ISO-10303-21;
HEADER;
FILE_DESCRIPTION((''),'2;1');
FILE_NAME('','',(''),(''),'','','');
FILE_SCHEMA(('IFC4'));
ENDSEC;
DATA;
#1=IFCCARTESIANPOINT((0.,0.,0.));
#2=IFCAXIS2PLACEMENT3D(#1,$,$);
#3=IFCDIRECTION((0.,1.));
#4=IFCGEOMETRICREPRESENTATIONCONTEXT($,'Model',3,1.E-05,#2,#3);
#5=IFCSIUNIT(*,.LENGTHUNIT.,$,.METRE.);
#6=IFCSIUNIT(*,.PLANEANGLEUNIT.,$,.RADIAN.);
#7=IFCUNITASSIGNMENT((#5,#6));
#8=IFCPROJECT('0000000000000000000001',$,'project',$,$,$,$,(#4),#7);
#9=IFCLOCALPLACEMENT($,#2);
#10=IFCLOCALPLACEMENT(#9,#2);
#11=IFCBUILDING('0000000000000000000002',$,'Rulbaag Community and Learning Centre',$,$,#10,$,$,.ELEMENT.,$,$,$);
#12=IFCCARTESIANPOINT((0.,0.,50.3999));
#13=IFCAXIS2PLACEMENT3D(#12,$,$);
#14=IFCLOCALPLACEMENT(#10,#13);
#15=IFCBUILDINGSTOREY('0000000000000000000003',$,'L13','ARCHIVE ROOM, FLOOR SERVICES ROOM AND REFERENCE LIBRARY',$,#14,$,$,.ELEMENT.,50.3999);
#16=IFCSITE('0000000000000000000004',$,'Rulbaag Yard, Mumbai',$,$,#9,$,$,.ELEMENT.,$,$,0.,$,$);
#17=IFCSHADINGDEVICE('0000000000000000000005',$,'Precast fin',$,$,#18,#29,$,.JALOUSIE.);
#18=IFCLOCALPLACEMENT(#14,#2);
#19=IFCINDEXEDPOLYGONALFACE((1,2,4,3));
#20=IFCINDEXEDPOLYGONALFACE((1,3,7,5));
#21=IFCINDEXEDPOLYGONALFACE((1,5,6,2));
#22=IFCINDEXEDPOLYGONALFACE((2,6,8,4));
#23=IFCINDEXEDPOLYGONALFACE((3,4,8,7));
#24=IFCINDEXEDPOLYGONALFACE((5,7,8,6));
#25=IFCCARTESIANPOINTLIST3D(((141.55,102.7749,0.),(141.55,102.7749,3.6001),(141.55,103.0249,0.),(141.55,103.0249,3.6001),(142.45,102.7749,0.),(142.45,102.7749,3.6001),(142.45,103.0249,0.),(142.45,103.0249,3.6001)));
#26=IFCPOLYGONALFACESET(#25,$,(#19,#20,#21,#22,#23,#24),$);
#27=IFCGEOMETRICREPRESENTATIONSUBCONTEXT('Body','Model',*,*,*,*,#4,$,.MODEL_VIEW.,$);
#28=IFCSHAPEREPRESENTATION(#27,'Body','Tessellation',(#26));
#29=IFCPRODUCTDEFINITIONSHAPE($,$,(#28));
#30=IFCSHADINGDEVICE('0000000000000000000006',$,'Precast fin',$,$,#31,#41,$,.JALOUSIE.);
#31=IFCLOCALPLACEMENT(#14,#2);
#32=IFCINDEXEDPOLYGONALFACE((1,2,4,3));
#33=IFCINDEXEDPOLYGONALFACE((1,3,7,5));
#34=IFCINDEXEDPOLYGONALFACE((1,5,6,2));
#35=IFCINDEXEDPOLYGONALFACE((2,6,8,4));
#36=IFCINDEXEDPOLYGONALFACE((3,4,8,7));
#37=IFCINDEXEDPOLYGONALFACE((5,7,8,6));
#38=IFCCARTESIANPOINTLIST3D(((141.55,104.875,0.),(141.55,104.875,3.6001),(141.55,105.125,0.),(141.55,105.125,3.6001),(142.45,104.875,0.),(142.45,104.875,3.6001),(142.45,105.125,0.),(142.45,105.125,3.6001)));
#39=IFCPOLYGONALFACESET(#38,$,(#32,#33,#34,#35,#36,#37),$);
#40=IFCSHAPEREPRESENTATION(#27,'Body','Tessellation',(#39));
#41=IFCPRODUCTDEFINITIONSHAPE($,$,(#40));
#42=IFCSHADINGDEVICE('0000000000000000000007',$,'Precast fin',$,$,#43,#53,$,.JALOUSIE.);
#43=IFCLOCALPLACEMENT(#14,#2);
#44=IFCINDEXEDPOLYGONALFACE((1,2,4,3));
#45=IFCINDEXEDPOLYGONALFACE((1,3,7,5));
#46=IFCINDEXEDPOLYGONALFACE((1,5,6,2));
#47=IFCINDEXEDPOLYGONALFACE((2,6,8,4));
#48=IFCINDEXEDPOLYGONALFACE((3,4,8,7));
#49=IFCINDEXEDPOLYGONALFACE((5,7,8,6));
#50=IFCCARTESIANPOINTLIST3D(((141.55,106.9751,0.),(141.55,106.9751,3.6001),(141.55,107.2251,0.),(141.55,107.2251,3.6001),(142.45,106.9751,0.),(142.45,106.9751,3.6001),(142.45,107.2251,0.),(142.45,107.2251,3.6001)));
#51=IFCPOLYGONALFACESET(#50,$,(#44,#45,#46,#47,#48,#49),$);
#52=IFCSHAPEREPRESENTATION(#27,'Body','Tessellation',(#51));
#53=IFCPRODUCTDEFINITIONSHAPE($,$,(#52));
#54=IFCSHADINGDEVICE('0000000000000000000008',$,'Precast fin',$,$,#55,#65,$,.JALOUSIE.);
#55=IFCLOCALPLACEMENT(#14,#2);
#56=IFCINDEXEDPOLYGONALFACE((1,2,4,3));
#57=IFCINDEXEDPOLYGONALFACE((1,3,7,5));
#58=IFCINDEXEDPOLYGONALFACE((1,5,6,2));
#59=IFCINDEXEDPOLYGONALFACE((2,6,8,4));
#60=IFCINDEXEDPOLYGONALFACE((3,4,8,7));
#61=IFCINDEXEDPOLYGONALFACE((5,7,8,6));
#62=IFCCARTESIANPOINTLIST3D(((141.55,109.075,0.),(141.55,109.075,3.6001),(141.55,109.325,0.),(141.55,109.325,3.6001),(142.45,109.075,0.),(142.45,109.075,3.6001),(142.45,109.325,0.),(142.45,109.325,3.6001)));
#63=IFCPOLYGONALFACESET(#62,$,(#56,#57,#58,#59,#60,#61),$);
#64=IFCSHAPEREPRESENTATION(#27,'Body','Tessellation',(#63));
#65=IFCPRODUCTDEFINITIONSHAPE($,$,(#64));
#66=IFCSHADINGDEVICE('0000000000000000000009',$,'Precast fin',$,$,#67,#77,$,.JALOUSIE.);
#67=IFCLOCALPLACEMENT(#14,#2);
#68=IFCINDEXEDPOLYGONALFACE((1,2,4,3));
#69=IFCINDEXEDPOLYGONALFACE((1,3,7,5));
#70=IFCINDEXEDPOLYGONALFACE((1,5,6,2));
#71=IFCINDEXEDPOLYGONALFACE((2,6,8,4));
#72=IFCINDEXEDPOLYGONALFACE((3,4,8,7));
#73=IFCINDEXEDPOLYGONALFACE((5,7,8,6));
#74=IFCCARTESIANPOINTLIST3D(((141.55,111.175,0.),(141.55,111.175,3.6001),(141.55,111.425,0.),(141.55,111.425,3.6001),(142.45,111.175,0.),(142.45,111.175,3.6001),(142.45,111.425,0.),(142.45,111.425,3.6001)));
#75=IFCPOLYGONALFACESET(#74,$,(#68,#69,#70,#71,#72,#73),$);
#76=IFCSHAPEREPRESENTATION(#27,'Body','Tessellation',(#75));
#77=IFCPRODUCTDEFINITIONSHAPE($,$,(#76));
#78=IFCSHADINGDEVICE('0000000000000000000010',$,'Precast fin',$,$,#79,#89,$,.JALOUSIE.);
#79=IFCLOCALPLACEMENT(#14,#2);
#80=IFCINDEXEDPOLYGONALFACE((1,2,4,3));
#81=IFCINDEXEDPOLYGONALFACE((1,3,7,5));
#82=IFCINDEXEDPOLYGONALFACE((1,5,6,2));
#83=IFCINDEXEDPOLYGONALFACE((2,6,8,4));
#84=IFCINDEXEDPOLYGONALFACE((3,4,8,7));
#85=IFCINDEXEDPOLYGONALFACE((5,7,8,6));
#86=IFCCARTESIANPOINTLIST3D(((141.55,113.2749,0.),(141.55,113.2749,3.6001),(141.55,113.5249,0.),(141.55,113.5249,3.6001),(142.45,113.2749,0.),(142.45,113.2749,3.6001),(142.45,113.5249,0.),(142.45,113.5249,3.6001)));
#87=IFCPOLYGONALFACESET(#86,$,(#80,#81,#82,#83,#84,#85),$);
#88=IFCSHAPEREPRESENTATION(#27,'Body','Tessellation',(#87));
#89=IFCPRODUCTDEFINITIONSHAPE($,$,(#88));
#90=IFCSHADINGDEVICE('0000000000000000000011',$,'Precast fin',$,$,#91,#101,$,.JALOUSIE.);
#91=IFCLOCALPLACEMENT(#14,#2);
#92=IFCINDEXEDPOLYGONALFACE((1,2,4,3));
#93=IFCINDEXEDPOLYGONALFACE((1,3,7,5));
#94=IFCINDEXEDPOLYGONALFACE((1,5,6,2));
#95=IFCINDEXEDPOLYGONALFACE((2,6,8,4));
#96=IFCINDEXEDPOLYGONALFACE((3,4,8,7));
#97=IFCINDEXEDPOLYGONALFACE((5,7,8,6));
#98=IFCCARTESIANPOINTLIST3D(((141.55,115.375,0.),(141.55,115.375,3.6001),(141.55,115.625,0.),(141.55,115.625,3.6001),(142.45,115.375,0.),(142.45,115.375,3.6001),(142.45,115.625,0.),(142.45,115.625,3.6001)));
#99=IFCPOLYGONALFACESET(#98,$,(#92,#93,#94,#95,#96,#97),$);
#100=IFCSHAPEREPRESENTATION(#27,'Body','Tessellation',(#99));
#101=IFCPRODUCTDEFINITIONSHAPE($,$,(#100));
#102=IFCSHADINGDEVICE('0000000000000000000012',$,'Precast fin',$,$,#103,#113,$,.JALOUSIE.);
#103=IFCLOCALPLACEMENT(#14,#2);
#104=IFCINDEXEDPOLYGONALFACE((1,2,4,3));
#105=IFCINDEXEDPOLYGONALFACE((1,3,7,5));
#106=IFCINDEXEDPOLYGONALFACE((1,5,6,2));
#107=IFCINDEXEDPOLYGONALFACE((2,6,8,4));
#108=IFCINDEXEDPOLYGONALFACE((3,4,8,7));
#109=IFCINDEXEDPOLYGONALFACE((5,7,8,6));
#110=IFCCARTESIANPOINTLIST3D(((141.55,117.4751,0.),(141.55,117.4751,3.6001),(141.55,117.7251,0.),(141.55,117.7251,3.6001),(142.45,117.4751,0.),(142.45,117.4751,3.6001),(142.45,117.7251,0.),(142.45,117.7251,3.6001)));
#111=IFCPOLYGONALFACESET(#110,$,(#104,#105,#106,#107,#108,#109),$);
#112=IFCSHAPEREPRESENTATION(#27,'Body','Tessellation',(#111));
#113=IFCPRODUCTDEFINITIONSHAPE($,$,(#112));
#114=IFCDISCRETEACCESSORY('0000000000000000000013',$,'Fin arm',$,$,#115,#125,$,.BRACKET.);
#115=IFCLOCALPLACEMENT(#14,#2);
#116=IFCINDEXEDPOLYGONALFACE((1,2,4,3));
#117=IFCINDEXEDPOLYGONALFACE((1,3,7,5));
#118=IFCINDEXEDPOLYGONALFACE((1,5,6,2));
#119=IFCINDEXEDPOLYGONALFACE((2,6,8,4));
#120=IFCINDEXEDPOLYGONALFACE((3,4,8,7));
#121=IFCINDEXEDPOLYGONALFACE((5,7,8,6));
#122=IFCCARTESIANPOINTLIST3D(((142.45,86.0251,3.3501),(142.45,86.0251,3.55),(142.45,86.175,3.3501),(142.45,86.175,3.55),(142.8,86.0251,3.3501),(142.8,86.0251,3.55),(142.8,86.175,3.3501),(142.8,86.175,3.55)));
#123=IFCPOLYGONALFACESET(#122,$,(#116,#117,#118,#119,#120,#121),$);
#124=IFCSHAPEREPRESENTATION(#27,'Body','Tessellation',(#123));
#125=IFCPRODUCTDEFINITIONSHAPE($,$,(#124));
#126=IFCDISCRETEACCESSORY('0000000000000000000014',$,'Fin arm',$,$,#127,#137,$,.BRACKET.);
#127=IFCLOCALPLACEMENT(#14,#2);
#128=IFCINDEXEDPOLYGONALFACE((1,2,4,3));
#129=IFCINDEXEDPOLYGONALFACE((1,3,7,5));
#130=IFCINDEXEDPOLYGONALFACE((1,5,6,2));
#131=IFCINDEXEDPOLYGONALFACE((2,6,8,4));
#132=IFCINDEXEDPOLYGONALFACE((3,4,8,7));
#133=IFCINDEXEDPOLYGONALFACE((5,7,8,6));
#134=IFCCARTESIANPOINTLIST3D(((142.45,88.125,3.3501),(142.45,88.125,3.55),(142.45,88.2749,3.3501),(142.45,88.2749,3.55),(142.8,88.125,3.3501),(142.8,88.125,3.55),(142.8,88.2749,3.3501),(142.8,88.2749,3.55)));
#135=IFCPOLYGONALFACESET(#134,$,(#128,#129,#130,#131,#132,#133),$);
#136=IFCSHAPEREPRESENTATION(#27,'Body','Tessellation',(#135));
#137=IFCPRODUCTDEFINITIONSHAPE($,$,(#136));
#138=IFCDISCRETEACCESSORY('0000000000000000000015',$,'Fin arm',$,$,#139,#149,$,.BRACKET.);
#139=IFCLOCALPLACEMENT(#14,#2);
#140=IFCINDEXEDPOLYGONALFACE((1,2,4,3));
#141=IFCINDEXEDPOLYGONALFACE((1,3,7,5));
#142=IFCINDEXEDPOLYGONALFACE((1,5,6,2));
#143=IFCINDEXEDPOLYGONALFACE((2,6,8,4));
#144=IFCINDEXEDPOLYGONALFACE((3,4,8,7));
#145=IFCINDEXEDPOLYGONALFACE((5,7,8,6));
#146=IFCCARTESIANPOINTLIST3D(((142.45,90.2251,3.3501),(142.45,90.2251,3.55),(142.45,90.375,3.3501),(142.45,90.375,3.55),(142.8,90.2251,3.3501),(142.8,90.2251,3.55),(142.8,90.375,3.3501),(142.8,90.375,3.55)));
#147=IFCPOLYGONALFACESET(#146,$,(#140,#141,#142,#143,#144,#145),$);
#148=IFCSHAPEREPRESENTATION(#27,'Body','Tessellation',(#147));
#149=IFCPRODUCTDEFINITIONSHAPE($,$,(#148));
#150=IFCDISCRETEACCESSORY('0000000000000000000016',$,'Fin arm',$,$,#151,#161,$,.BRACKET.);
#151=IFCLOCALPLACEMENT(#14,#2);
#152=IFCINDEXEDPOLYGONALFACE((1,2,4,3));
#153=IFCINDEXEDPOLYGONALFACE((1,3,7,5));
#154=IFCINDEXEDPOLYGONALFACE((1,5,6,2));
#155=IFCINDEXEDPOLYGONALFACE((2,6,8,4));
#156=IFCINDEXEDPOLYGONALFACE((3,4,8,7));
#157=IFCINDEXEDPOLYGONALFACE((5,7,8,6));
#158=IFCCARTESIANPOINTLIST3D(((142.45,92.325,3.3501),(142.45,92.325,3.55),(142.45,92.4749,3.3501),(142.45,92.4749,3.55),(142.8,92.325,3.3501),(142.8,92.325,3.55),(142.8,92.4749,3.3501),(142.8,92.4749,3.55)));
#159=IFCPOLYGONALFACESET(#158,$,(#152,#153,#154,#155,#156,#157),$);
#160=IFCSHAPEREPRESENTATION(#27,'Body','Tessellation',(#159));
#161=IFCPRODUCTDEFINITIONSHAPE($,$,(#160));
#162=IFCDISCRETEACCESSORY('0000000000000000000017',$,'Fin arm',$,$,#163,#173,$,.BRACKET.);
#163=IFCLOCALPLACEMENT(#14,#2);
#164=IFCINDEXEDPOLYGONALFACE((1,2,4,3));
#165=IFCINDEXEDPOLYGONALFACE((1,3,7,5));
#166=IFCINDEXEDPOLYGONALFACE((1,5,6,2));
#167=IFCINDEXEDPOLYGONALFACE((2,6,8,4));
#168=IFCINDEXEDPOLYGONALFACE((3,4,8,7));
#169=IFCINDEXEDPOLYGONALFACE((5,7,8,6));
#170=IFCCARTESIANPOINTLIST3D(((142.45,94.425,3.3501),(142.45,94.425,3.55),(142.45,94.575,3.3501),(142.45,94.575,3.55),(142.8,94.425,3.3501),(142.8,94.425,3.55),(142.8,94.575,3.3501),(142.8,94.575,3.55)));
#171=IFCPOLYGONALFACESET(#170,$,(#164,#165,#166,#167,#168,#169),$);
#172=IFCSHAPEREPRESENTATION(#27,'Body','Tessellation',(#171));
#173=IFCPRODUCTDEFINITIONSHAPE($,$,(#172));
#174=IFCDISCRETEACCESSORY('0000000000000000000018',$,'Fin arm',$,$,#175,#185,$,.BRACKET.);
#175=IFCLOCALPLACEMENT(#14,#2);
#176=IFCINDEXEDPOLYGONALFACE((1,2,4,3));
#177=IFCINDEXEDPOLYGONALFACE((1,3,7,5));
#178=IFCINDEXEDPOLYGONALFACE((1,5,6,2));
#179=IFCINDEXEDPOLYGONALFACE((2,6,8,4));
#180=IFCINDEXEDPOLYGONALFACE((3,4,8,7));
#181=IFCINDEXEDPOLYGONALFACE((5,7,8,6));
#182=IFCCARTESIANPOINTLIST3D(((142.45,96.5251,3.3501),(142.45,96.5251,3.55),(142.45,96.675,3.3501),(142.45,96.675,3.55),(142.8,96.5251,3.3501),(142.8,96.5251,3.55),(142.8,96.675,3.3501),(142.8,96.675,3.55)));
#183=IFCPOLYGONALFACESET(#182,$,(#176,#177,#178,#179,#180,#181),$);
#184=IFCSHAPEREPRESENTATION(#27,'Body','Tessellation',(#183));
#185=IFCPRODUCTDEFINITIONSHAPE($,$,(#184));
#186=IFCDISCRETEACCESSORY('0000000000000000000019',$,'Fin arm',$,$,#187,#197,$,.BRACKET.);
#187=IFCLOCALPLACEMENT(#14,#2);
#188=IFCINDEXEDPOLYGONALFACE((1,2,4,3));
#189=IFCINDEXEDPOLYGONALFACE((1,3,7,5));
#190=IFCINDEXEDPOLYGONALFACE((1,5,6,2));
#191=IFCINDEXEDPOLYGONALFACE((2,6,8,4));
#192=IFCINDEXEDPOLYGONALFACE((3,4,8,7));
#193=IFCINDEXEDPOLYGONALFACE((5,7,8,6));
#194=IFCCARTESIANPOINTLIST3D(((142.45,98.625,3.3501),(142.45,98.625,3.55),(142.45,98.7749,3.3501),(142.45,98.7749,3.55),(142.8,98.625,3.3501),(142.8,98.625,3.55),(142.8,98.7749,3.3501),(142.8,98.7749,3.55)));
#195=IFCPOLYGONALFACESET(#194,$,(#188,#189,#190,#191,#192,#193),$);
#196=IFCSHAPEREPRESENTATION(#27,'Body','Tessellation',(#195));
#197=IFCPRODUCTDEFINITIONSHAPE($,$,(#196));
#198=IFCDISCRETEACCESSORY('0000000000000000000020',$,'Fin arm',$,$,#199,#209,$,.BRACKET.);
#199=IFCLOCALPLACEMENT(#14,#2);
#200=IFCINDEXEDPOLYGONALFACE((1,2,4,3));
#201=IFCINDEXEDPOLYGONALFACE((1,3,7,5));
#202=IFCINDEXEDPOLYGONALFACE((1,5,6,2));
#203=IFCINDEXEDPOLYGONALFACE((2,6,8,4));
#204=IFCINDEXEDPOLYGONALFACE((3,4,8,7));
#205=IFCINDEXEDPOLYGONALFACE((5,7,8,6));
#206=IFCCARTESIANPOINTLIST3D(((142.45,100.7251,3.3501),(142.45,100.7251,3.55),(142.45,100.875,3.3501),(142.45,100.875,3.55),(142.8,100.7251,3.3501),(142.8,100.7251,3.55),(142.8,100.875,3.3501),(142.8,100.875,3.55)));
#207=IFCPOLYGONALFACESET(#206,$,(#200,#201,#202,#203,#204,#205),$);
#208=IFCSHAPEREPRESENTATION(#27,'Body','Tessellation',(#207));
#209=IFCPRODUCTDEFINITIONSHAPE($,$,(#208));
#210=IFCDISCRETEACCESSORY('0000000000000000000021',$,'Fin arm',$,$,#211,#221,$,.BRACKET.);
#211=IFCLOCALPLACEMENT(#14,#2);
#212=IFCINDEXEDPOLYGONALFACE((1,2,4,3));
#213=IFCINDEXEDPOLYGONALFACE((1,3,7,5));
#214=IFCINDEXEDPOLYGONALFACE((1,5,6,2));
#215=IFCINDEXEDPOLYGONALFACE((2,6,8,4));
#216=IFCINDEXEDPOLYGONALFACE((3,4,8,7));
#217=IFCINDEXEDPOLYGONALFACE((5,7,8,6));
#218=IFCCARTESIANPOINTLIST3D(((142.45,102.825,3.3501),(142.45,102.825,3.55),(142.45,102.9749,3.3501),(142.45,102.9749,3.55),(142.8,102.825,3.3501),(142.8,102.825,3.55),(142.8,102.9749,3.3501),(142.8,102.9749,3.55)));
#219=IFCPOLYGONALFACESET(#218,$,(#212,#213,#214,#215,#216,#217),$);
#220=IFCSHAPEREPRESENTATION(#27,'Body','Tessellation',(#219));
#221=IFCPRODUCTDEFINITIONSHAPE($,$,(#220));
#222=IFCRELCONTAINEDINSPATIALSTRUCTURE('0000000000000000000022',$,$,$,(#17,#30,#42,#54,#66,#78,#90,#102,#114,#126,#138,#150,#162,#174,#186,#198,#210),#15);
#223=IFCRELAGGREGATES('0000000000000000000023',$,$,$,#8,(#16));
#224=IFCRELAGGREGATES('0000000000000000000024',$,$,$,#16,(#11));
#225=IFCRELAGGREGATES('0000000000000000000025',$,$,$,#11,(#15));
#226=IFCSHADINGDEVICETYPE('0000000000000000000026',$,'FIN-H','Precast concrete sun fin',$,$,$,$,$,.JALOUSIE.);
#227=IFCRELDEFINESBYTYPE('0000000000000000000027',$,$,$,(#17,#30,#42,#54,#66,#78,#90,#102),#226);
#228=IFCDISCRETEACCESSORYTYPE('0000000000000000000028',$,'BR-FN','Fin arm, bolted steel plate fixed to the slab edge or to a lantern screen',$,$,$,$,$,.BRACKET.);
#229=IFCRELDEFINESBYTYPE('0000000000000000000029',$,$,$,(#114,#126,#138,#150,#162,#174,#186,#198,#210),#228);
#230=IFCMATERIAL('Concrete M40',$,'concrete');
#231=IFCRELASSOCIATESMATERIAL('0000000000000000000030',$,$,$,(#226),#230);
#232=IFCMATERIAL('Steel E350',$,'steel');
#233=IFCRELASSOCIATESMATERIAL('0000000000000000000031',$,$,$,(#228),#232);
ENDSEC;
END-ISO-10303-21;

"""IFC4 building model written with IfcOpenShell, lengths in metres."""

from ifc_helpers import new_model, si_unit, direction, frame, origin, origin_2d, place, context, subcontext, project, spatial, rectangle, extrude, material, material_profile, profile_set, type_object, element, save


model = new_model("IFC4")

# Units and contexts
model_context = context("Model", 3, precision=1e-05, world=origin(), true_north=direction((0.0, 1.0)))
body_context = subcontext(model_context, "Body", "Model", "MODEL_VIEW")
ifc_project = project(units=[si_unit("LENGTHUNIT", "METRE"), si_unit("PLANEANGLEUNIT", "RADIAN")], contexts=[model_context])

# Site, building, storey
site_placement = place(None, origin())
site = spatial("IfcSite", under=ifc_project, at=site_placement, Name="Rulbaag Yard, Mumbai", CompositionType="ELEMENT", RefElevation=0.0)
building_placement = place(site_placement, origin())
building = spatial("IfcBuilding", under=site, at=building_placement, Name="Rulbaag Community and Learning Centre", CompositionType="ELEMENT")
storey_placement = place(building_placement, frame((0.0, 0.0, 50.3999)))
storey = spatial("IfcBuildingStorey", under=building, at=storey_placement, Name="L13", Description="ARCHIVE ROOM, FLOOR SERVICES ROOM AND REFERENCE LIBRARY", CompositionType="ELEMENT", Elevation=50.3999)

# Shared definitions
ifc_material_1 = material(Name="Concrete M40", Category="concrete")

# Shading devices
ifc_material_profile = material_profile(ifc_material_1, rectangle(XDim=0.25, YDim=0.8999, at=origin_2d()), Name="PC 250x900")
ifc_profile_set = profile_set([ifc_material_profile], Name="Concrete M40")
shading_device_type = type_object("IfcShadingDeviceType", Name="FIN-H", Description="Precast concrete sun fin", PredefinedType="JALOUSIE", material=ifc_profile_set)
for number, where, z_axis, x_axis, name in (
    (1, (142.0, 102.8999, 0.0), (0.0, 0.0, 1.0), (0.0, 1.0, 0.0), "Precast fin"),
    (2, (142.0, 105.0, 0.0), (0.0, 0.0, 1.0), (0.0, 1.0, 0.0), "Precast fin"),
    (3, (142.0, 107.1001, 0.0), (0.0, 0.0, 1.0), (0.0, 1.0, 0.0), "Precast fin"),
    (4, (142.0, 109.2, 0.0), (0.0, 0.0, 1.0), (0.0, 1.0, 0.0), "Precast fin"),
    (5, (142.0, 111.3, 0.0), (0.0, 0.0, 1.0), (0.0, 1.0, 0.0), "Precast fin"),
    (6, (142.0, 113.3999, 0.0), (0.0, 0.0, 1.0), (0.0, 1.0, 0.0), "Precast fin"),
    (7, (142.0, 115.5, 0.0), (0.0, 0.0, 1.0), (0.0, 1.0, 0.0), "Precast fin"),
    (8, (142.0, 117.6001, 0.0), (0.0, 0.0, 1.0), (0.0, 1.0, 0.0), "Precast fin"),
):
    element("IfcShadingDevice", number, at=place(storey_placement, frame(where, z_axis=z_axis, x_axis=x_axis)), inside=storey, type_object=shading_device_type, Name=name, PredefinedType="JALOUSIE", context=body_context, shape_type="SweptSolid", body=[
        extrude(rectangle(XDim=0.25, YDim=0.8999, at=origin_2d()), origin(), (0.0, 0.0, 1.0), 3.6001),
    ])

# Discrete accessories
ifc_material_2 = material(Name="Steel E350", Category="steel")
discrete_accessory_type = type_object("IfcDiscreteAccessoryType", Name="BR-FN", Description="Fin arm, bolted steel plate fixed to the slab edge or to a lantern screen", PredefinedType="BRACKET", material=ifc_material_2)
for number, where, z_axis, x_axis, name in (
    (9, (142.625, 86.1001, 3.3501), (0.0, 0.0, 1.0), (1.0, 0.0, 0.0), "Fin arm"),
    (10, (142.625, 88.2, 3.3501), (0.0, 0.0, 1.0), (1.0, 0.0, 0.0), "Fin arm"),
    (11, (142.625, 90.3, 3.3501), (0.0, 0.0, 1.0), (1.0, 0.0, 0.0), "Fin arm"),
    (12, (142.625, 92.3999, 3.3501), (0.0, 0.0, 1.0), (1.0, 0.0, 0.0), "Fin arm"),
    (13, (142.625, 94.5, 3.3501), (0.0, 0.0, 1.0), (1.0, 0.0, 0.0), "Fin arm"),
    (14, (142.625, 96.6001, 3.3501), (0.0, 0.0, 1.0), (1.0, 0.0, 0.0), "Fin arm"),
    (15, (142.625, 98.7, 3.3501), (0.0, 0.0, 1.0), (1.0, 0.0, 0.0), "Fin arm"),
    (16, (142.625, 100.8, 3.3501), (0.0, 0.0, 1.0), (1.0, 0.0, 0.0), "Fin arm"),
    (17, (142.625, 102.8999, 3.3501), (0.0, 0.0, 1.0), (1.0, 0.0, 0.0), "Fin arm"),
):
    element("IfcDiscreteAccessory", number, at=place(storey_placement, frame(where, z_axis=z_axis, x_axis=x_axis)), inside=storey, type_object=discrete_accessory_type, Name=name, PredefinedType="BRACKET", context=body_context, shape_type="SweptSolid", body=[
        extrude(rectangle(XDim=0.3501, YDim=0.1499, at=origin_2d()), origin(), (0.0, 0.0, 1.0), 0.2),
    ])

save(model, "model.ifc")
